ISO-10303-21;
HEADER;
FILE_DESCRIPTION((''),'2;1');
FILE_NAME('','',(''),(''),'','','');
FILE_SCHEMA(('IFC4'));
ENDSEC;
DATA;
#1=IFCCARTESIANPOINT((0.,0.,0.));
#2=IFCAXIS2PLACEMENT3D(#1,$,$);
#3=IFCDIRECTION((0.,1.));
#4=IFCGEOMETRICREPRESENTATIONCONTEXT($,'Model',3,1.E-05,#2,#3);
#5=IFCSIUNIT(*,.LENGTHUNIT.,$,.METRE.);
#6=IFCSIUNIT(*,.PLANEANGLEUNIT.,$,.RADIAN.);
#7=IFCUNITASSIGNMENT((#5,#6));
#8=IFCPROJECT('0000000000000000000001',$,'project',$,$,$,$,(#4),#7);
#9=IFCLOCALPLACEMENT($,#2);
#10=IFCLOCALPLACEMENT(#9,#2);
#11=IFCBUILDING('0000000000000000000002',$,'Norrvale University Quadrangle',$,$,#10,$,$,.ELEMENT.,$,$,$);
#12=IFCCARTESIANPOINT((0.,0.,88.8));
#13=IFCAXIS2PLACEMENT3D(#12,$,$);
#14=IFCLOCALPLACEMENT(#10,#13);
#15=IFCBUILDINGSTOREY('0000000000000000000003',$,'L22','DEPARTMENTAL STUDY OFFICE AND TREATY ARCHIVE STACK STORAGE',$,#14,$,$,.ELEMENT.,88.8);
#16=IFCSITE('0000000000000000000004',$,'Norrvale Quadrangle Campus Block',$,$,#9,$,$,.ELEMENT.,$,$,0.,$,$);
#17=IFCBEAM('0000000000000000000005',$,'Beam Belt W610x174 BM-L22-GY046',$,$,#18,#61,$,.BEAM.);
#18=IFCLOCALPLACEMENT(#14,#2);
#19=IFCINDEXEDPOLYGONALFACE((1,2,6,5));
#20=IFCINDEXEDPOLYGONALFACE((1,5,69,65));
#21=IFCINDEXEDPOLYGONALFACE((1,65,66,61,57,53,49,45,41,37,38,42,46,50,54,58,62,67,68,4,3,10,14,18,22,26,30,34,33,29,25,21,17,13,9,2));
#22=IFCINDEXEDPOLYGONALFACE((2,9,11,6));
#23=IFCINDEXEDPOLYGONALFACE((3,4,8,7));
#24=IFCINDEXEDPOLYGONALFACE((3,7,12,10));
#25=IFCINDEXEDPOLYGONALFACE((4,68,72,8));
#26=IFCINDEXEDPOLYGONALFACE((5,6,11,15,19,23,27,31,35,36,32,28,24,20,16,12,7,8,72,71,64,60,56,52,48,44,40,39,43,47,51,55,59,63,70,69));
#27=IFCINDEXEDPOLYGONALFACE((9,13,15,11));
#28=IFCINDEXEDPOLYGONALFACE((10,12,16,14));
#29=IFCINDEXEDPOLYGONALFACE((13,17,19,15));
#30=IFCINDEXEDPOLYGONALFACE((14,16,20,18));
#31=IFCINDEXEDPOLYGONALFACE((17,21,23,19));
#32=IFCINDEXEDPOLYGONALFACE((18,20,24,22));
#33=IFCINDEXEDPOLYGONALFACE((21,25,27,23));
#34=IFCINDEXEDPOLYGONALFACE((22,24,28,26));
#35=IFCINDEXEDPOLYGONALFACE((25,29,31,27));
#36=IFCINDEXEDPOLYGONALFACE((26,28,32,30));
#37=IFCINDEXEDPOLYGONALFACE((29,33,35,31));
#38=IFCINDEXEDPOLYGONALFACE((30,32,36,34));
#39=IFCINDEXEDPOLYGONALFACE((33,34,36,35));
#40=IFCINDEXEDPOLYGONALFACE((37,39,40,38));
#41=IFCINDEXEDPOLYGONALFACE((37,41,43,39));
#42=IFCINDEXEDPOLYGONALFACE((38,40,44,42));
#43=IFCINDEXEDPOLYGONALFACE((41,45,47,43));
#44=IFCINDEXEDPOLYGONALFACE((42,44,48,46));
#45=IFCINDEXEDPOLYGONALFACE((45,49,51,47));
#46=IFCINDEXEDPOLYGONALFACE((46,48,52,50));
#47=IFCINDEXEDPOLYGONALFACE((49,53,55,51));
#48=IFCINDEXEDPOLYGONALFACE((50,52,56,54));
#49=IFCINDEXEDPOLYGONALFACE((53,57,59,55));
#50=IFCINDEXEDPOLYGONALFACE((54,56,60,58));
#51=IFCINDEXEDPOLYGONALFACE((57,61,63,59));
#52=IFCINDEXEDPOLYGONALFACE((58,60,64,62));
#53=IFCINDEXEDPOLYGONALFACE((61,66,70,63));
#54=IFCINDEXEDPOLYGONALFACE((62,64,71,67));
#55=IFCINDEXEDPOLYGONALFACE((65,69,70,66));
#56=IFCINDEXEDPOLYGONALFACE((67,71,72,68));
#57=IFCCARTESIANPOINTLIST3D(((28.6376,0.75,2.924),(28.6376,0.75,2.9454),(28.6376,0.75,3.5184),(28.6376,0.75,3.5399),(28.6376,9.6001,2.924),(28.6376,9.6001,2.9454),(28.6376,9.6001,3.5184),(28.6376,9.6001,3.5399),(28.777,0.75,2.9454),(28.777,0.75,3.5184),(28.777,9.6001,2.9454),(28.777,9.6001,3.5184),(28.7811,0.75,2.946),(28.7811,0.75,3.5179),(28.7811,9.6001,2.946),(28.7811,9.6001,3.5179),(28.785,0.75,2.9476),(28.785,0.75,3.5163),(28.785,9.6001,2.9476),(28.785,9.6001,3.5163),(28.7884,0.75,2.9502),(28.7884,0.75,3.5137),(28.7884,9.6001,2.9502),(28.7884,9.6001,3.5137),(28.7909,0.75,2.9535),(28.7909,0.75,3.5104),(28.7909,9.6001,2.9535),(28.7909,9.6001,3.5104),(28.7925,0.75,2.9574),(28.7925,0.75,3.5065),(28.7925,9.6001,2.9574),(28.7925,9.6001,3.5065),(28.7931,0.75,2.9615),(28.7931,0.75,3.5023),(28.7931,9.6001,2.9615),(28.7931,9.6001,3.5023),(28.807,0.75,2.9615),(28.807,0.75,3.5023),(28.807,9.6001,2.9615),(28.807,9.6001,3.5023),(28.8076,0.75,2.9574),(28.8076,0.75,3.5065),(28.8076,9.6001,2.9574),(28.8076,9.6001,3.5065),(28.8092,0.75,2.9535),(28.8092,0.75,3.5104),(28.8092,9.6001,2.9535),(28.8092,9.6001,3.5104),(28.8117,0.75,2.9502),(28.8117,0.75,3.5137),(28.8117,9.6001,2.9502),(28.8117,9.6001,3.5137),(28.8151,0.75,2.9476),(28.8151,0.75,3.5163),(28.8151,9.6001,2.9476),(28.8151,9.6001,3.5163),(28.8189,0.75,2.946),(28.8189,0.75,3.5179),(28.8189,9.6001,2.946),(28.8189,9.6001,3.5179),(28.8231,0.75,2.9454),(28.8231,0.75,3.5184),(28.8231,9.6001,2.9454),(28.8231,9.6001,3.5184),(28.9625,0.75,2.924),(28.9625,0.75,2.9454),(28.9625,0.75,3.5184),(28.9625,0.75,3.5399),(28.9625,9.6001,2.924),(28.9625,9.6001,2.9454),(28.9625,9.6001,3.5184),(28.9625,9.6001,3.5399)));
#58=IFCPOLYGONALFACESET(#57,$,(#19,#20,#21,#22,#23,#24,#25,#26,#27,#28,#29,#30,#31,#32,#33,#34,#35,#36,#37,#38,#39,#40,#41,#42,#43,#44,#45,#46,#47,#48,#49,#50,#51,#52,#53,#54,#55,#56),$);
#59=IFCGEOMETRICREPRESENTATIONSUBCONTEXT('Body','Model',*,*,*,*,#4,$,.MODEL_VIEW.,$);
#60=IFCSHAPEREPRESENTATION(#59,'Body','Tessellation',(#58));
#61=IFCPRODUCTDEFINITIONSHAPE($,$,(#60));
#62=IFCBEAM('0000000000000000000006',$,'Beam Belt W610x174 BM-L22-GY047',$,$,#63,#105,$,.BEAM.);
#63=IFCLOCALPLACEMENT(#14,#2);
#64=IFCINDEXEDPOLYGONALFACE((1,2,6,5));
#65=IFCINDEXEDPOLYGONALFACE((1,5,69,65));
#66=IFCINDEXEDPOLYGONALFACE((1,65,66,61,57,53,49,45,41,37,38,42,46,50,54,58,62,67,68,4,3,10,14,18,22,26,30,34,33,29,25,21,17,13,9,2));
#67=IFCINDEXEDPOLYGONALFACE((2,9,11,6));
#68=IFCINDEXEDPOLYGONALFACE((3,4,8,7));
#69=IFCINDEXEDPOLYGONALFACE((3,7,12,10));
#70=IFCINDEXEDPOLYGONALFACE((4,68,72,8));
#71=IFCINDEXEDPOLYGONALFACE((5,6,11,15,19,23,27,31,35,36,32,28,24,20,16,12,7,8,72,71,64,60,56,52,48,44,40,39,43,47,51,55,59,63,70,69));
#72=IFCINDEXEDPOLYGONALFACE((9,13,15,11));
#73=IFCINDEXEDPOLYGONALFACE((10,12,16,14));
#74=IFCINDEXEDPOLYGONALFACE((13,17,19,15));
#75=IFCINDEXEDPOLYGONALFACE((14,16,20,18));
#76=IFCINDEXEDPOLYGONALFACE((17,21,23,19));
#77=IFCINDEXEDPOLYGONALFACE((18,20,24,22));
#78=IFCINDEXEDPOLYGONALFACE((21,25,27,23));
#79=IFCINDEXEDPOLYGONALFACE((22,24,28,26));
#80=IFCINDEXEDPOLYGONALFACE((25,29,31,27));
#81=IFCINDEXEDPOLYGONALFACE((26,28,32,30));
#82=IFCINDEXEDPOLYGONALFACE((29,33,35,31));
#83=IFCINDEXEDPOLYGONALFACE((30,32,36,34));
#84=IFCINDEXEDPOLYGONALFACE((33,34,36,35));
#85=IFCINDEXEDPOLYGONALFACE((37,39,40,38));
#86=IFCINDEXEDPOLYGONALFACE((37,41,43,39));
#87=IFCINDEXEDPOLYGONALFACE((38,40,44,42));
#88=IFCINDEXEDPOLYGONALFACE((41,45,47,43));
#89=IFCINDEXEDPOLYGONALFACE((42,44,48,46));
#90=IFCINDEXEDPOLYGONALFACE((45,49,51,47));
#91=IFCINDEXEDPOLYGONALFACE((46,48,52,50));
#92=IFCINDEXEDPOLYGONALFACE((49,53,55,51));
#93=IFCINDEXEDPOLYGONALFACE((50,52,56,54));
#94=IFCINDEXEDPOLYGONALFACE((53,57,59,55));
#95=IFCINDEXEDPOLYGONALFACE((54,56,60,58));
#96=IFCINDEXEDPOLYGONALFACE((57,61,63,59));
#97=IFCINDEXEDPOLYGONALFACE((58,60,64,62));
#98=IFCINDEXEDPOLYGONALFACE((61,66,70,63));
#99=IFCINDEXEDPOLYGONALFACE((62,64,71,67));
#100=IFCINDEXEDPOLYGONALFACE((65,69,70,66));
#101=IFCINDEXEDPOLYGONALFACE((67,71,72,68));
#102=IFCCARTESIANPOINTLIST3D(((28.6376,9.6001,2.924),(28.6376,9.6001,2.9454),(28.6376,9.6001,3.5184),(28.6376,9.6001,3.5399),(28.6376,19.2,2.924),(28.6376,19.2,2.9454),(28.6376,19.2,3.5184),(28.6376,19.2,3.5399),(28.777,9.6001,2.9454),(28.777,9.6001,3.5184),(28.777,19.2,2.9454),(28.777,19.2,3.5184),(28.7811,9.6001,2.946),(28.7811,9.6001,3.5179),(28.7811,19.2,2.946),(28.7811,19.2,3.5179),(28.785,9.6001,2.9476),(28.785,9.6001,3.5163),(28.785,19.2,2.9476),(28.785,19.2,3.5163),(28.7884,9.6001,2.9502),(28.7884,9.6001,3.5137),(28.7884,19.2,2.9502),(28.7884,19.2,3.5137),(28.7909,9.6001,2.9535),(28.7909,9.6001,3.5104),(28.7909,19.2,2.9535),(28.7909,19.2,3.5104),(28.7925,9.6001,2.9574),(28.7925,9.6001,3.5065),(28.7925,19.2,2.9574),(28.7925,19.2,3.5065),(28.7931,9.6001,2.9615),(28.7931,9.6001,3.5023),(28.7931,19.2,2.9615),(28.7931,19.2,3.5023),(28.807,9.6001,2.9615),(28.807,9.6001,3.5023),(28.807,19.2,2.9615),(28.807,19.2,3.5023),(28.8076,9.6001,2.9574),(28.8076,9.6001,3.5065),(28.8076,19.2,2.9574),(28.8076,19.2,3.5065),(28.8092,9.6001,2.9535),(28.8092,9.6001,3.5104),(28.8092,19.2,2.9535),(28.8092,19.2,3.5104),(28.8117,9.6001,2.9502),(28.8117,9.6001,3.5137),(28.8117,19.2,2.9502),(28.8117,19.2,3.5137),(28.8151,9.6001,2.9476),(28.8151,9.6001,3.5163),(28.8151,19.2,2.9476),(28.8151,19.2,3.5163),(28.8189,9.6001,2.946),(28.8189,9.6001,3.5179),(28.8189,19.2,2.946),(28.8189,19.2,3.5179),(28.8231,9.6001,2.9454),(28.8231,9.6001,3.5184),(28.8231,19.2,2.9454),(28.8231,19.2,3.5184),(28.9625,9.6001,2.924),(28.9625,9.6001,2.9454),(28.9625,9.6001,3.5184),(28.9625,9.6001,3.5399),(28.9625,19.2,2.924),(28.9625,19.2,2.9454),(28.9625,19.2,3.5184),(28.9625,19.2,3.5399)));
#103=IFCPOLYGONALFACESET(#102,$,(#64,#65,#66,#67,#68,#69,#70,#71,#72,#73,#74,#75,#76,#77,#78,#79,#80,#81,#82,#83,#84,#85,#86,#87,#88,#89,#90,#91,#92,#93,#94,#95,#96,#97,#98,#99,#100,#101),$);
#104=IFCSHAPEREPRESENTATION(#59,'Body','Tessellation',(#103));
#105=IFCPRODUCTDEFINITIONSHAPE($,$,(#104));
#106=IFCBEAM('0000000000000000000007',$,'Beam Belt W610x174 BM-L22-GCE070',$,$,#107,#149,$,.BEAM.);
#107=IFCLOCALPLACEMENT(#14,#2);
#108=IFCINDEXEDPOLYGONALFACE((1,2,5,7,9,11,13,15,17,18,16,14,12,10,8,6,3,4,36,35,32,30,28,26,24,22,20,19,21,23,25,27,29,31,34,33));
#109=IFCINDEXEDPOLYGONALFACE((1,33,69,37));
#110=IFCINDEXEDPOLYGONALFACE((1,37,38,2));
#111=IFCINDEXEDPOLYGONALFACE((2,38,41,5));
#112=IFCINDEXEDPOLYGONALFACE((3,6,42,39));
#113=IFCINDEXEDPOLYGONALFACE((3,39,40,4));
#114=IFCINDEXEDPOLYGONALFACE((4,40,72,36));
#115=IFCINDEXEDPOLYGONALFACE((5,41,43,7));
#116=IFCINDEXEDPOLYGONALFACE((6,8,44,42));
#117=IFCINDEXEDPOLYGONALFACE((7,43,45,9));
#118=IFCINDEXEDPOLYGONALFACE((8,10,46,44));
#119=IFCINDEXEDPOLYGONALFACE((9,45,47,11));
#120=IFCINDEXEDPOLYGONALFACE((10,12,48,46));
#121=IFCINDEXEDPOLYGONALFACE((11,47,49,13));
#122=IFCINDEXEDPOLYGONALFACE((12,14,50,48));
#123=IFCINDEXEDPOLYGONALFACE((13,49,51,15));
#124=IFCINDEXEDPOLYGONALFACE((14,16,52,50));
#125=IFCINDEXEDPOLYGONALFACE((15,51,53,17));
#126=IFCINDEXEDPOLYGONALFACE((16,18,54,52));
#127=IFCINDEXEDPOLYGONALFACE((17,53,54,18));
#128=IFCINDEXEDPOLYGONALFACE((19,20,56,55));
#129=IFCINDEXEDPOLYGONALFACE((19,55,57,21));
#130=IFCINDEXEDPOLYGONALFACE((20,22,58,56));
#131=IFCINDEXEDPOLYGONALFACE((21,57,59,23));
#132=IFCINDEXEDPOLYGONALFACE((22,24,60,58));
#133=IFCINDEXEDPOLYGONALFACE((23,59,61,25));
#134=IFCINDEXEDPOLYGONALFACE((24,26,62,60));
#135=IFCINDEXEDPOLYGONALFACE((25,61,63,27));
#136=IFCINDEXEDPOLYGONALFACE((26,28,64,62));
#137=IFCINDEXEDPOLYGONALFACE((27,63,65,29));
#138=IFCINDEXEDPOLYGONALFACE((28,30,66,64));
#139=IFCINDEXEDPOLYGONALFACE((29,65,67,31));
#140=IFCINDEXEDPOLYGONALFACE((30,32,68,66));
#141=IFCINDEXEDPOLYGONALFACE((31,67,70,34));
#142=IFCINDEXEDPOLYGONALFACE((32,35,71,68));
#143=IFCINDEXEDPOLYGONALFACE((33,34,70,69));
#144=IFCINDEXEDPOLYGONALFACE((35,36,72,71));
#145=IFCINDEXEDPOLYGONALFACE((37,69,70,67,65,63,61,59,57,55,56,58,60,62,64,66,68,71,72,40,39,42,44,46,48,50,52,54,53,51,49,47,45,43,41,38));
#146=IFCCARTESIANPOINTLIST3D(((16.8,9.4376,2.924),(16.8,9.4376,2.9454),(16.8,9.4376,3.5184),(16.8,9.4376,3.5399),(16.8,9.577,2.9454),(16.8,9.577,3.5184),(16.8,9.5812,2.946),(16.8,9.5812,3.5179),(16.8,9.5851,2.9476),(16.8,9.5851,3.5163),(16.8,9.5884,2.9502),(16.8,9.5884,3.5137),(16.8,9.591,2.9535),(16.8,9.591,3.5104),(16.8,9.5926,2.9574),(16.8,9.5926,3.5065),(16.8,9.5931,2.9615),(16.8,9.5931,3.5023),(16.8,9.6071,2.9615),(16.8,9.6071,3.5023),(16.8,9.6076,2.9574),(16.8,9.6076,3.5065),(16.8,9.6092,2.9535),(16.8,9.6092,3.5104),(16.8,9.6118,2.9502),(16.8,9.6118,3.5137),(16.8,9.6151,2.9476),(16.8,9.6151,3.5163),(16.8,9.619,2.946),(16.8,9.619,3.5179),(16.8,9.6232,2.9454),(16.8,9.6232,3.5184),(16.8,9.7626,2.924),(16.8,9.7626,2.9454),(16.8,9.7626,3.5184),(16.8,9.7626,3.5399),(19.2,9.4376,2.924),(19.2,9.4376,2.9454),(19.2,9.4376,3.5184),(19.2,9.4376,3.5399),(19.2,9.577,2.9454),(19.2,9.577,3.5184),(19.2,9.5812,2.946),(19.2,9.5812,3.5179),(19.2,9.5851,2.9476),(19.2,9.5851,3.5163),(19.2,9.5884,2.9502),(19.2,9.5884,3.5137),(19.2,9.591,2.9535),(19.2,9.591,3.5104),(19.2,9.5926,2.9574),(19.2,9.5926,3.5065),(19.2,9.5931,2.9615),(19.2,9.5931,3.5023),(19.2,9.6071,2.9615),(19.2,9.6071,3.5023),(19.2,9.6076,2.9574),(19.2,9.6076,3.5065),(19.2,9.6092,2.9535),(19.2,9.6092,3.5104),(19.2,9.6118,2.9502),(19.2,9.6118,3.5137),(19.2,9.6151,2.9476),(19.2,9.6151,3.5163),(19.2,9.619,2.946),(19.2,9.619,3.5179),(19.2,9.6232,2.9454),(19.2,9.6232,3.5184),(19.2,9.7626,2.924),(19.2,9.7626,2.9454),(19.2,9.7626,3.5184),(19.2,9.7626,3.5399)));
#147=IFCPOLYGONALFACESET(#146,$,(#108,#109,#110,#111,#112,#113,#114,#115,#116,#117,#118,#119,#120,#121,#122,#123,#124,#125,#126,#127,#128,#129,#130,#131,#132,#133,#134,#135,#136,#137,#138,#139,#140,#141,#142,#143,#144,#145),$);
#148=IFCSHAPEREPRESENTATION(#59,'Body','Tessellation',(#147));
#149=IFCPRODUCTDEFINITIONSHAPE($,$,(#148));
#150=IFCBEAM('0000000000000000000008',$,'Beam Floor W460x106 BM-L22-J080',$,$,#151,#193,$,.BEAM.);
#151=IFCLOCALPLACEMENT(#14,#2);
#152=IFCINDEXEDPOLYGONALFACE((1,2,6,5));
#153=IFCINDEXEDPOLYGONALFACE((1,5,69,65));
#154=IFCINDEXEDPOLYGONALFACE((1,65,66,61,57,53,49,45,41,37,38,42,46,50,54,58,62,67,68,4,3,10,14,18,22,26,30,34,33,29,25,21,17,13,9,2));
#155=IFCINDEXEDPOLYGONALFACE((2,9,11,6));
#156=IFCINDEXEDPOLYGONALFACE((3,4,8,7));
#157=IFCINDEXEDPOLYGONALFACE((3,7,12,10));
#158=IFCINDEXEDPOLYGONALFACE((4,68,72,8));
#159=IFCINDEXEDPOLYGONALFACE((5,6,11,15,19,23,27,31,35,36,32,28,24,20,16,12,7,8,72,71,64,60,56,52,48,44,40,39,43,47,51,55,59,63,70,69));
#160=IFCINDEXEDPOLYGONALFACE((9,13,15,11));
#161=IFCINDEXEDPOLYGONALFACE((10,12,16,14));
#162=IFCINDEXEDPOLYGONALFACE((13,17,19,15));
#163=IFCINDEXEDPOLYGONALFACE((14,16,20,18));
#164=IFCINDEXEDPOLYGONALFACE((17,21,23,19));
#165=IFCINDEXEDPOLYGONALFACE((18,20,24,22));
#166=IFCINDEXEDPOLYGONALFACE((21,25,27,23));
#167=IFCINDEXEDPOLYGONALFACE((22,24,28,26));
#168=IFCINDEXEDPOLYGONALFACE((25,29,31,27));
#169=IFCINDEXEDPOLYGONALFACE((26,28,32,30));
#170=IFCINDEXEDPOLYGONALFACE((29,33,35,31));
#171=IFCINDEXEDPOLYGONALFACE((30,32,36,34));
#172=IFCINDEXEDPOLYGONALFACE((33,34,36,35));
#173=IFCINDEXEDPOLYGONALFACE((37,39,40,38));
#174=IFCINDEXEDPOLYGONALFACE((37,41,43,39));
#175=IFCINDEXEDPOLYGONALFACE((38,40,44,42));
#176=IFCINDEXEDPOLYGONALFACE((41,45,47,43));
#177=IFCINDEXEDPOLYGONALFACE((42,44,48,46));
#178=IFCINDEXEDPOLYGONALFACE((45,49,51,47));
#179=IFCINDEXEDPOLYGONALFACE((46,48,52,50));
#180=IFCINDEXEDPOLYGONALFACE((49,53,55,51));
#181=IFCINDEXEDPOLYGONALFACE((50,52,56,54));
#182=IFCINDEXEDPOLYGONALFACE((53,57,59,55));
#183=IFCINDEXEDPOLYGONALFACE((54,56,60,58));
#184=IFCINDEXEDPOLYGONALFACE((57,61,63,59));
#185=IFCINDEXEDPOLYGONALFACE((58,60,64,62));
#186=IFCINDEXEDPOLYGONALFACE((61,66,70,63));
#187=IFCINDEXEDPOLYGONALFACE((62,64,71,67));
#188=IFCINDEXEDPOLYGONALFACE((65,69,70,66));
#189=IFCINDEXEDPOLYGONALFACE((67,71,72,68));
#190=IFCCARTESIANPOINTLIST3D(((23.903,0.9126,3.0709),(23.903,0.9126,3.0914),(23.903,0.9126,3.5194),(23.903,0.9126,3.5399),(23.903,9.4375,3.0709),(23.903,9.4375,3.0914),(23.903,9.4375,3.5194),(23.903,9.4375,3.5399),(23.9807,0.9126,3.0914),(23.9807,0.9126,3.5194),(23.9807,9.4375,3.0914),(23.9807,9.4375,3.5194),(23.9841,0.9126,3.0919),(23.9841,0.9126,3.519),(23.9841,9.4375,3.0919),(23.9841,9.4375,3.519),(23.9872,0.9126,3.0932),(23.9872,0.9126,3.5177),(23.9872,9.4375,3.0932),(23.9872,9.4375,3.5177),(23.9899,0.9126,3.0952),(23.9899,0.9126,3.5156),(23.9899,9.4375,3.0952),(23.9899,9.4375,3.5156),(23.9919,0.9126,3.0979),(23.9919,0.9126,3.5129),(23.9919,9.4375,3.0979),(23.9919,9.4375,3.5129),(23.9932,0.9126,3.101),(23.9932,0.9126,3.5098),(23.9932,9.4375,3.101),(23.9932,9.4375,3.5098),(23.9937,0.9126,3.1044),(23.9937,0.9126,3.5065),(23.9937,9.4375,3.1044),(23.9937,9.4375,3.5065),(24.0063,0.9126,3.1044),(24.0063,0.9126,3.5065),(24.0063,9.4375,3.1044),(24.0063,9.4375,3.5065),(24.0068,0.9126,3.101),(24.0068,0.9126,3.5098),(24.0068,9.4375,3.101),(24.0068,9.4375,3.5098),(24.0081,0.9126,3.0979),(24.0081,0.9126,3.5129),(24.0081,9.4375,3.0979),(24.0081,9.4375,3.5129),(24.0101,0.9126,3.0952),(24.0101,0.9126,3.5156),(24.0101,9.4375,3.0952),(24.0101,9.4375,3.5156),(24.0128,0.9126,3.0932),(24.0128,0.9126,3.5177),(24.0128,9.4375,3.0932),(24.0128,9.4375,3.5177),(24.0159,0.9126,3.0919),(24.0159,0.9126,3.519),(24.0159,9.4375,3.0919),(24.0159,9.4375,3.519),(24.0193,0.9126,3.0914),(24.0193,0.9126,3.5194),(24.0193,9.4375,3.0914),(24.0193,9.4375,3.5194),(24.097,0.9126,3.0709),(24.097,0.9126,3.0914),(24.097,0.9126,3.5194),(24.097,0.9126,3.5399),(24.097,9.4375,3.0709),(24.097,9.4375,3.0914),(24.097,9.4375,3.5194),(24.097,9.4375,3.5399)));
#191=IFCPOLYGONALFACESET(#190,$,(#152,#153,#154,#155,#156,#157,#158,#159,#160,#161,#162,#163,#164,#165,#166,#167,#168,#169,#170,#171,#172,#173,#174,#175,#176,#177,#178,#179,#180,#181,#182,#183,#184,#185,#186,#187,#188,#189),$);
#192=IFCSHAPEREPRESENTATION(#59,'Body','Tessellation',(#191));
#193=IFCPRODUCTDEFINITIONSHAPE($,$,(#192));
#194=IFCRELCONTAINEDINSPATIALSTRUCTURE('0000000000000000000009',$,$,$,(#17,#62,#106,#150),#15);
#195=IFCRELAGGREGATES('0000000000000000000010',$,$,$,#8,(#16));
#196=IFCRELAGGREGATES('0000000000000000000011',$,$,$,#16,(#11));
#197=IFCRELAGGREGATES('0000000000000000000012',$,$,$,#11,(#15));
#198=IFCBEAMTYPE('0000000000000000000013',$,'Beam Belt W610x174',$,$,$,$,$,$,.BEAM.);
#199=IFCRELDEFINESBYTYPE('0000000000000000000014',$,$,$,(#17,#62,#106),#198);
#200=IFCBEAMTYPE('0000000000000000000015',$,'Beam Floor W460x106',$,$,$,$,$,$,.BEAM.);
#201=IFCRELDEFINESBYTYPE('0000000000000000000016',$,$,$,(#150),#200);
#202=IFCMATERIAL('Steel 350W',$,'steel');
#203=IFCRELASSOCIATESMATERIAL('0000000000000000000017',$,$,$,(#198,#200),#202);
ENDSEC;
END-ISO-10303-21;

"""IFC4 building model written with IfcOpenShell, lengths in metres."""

from ifc_helpers import new_model, si_unit, direction, frame, origin, origin_2d, place, context, subcontext, project, spatial, i_section, extrude, material, material_profile, profile_set, type_object, element, save


model = new_model("IFC4")

# Units and contexts
model_context = context("Model", 3, precision=1e-05, world=origin(), true_north=direction((0.0, 1.0)))
body_context = subcontext(model_context, "Body", "Model", "MODEL_VIEW")
ifc_project = project(units=[si_unit("LENGTHUNIT", "METRE"), si_unit("PLANEANGLEUNIT", "RADIAN")], contexts=[model_context])

# Site, building, storey
site_placement = place(None, origin())
site = spatial("IfcSite", under=ifc_project, at=site_placement, Name="Norrvale Quadrangle Campus Block", CompositionType="ELEMENT", RefElevation=0.0)
building_placement = place(site_placement, origin())
building = spatial("IfcBuilding", under=site, at=building_placement, Name="Norrvale University Quadrangle", CompositionType="ELEMENT")
storey_placement = place(building_placement, frame((0.0, 0.0, 88.8)))
storey = spatial("IfcBuildingStorey", under=building, at=storey_placement, Name="L22", Description="DEPARTMENTAL STUDY OFFICE AND TREATY ARCHIVE STACK STORAGE", CompositionType="ELEMENT", Elevation=88.8)

# Beams
ifc_material_1 = material(Name="Steel 350W", Category="steel")
ifc_material_profile_1 = material_profile(ifc_material_1, i_section(OverallWidth=0.325, OverallDepth=0.616, WebThickness=0.0139, FlangeThickness=0.0215, FilletRadius=0.0161, at=origin_2d()), Name="Steel 350W")
ifc_profile_set_1 = profile_set([ifc_material_profile_1], Name="Steel 350W")
beam_type_1 = type_object("IfcBeamType", Name="Beam Belt W610x174", PredefinedType="BEAM", material=ifc_profile_set_1)
beam_1_placement = place(storey_placement, frame((28.8, 0.75, 3.2319), z_axis=(0.0, 1.0, 0.0), x_axis=(-1.0, 0.0, 0.0)))
element("IfcBeam", 1, at=beam_1_placement, inside=storey, type_object=beam_type_1, Name="Beam Belt W610x174 BM-L22-GY046", PredefinedType="BEAM", context=body_context, shape_type="SweptSolid", body=[
    extrude(i_section(OverallWidth=0.325, OverallDepth=0.616, WebThickness=0.0139, FlangeThickness=0.0215, FilletRadius=0.0161, at=origin_2d()), origin(), (0.0, 0.0, 1.0), 8.8501),
])
beam_2_placement = place(storey_placement, frame((28.8, 9.6001, 3.2319), z_axis=(0.0, 1.0, 0.0), x_axis=(-1.0, 0.0, 0.0)))
element("IfcBeam", 2, at=beam_2_placement, inside=storey, type_object=beam_type_1, Name="Beam Belt W610x174 BM-L22-GY047", PredefinedType="BEAM", context=body_context, shape_type="SweptSolid", body=[
    extrude(i_section(OverallWidth=0.325, OverallDepth=0.616, WebThickness=0.0139, FlangeThickness=0.0215, FilletRadius=0.0161, at=origin_2d()), origin(), (0.0, 0.0, 1.0), 9.5999),
])
beam_3_placement = place(storey_placement, frame((16.8, 9.6001, 3.2319), z_axis=(1.0, 0.0, 0.0), x_axis=(0.0, 1.0, 0.0)))
element("IfcBeam", 3, at=beam_3_placement, inside=storey, type_object=beam_type_1, Name="Beam Belt W610x174 BM-L22-GCE070", PredefinedType="BEAM", context=body_context, shape_type="SweptSolid", body=[
    extrude(i_section(OverallWidth=0.325, OverallDepth=0.616, WebThickness=0.0139, FlangeThickness=0.0215, FilletRadius=0.0161, at=origin_2d()), origin(), (0.0, 0.0, 1.0), 2.3999),
])
ifc_material_profile_2 = material_profile(ifc_material_1, i_section(OverallWidth=0.1941, OverallDepth=0.469, WebThickness=0.0127, FlangeThickness=0.0205, FilletRadius=0.0129, at=origin_2d()), Name="Steel 350W")
ifc_profile_set_2 = profile_set([ifc_material_profile_2], Name="Steel 350W")
beam_type_2 = type_object("IfcBeamType", Name="Beam Floor W460x106", PredefinedType="BEAM", material=ifc_profile_set_2)
beam_4_placement = place(storey_placement, frame((24.0, 0.9126, 3.3054), z_axis=(0.0, 1.0, 0.0), x_axis=(-1.0, 0.0, 0.0)))
element("IfcBeam", 4, at=beam_4_placement, inside=storey, type_object=beam_type_2, Name="Beam Floor W460x106 BM-L22-J080", PredefinedType="BEAM", context=body_context, shape_type="SweptSolid", body=[
    extrude(i_section(OverallWidth=0.1941, OverallDepth=0.469, WebThickness=0.0127, FlangeThickness=0.0205, FilletRadius=0.0129, at=origin_2d()), origin(), (0.0, 0.0, 1.0), 8.5249),
])

save(model, "model.ifc")
